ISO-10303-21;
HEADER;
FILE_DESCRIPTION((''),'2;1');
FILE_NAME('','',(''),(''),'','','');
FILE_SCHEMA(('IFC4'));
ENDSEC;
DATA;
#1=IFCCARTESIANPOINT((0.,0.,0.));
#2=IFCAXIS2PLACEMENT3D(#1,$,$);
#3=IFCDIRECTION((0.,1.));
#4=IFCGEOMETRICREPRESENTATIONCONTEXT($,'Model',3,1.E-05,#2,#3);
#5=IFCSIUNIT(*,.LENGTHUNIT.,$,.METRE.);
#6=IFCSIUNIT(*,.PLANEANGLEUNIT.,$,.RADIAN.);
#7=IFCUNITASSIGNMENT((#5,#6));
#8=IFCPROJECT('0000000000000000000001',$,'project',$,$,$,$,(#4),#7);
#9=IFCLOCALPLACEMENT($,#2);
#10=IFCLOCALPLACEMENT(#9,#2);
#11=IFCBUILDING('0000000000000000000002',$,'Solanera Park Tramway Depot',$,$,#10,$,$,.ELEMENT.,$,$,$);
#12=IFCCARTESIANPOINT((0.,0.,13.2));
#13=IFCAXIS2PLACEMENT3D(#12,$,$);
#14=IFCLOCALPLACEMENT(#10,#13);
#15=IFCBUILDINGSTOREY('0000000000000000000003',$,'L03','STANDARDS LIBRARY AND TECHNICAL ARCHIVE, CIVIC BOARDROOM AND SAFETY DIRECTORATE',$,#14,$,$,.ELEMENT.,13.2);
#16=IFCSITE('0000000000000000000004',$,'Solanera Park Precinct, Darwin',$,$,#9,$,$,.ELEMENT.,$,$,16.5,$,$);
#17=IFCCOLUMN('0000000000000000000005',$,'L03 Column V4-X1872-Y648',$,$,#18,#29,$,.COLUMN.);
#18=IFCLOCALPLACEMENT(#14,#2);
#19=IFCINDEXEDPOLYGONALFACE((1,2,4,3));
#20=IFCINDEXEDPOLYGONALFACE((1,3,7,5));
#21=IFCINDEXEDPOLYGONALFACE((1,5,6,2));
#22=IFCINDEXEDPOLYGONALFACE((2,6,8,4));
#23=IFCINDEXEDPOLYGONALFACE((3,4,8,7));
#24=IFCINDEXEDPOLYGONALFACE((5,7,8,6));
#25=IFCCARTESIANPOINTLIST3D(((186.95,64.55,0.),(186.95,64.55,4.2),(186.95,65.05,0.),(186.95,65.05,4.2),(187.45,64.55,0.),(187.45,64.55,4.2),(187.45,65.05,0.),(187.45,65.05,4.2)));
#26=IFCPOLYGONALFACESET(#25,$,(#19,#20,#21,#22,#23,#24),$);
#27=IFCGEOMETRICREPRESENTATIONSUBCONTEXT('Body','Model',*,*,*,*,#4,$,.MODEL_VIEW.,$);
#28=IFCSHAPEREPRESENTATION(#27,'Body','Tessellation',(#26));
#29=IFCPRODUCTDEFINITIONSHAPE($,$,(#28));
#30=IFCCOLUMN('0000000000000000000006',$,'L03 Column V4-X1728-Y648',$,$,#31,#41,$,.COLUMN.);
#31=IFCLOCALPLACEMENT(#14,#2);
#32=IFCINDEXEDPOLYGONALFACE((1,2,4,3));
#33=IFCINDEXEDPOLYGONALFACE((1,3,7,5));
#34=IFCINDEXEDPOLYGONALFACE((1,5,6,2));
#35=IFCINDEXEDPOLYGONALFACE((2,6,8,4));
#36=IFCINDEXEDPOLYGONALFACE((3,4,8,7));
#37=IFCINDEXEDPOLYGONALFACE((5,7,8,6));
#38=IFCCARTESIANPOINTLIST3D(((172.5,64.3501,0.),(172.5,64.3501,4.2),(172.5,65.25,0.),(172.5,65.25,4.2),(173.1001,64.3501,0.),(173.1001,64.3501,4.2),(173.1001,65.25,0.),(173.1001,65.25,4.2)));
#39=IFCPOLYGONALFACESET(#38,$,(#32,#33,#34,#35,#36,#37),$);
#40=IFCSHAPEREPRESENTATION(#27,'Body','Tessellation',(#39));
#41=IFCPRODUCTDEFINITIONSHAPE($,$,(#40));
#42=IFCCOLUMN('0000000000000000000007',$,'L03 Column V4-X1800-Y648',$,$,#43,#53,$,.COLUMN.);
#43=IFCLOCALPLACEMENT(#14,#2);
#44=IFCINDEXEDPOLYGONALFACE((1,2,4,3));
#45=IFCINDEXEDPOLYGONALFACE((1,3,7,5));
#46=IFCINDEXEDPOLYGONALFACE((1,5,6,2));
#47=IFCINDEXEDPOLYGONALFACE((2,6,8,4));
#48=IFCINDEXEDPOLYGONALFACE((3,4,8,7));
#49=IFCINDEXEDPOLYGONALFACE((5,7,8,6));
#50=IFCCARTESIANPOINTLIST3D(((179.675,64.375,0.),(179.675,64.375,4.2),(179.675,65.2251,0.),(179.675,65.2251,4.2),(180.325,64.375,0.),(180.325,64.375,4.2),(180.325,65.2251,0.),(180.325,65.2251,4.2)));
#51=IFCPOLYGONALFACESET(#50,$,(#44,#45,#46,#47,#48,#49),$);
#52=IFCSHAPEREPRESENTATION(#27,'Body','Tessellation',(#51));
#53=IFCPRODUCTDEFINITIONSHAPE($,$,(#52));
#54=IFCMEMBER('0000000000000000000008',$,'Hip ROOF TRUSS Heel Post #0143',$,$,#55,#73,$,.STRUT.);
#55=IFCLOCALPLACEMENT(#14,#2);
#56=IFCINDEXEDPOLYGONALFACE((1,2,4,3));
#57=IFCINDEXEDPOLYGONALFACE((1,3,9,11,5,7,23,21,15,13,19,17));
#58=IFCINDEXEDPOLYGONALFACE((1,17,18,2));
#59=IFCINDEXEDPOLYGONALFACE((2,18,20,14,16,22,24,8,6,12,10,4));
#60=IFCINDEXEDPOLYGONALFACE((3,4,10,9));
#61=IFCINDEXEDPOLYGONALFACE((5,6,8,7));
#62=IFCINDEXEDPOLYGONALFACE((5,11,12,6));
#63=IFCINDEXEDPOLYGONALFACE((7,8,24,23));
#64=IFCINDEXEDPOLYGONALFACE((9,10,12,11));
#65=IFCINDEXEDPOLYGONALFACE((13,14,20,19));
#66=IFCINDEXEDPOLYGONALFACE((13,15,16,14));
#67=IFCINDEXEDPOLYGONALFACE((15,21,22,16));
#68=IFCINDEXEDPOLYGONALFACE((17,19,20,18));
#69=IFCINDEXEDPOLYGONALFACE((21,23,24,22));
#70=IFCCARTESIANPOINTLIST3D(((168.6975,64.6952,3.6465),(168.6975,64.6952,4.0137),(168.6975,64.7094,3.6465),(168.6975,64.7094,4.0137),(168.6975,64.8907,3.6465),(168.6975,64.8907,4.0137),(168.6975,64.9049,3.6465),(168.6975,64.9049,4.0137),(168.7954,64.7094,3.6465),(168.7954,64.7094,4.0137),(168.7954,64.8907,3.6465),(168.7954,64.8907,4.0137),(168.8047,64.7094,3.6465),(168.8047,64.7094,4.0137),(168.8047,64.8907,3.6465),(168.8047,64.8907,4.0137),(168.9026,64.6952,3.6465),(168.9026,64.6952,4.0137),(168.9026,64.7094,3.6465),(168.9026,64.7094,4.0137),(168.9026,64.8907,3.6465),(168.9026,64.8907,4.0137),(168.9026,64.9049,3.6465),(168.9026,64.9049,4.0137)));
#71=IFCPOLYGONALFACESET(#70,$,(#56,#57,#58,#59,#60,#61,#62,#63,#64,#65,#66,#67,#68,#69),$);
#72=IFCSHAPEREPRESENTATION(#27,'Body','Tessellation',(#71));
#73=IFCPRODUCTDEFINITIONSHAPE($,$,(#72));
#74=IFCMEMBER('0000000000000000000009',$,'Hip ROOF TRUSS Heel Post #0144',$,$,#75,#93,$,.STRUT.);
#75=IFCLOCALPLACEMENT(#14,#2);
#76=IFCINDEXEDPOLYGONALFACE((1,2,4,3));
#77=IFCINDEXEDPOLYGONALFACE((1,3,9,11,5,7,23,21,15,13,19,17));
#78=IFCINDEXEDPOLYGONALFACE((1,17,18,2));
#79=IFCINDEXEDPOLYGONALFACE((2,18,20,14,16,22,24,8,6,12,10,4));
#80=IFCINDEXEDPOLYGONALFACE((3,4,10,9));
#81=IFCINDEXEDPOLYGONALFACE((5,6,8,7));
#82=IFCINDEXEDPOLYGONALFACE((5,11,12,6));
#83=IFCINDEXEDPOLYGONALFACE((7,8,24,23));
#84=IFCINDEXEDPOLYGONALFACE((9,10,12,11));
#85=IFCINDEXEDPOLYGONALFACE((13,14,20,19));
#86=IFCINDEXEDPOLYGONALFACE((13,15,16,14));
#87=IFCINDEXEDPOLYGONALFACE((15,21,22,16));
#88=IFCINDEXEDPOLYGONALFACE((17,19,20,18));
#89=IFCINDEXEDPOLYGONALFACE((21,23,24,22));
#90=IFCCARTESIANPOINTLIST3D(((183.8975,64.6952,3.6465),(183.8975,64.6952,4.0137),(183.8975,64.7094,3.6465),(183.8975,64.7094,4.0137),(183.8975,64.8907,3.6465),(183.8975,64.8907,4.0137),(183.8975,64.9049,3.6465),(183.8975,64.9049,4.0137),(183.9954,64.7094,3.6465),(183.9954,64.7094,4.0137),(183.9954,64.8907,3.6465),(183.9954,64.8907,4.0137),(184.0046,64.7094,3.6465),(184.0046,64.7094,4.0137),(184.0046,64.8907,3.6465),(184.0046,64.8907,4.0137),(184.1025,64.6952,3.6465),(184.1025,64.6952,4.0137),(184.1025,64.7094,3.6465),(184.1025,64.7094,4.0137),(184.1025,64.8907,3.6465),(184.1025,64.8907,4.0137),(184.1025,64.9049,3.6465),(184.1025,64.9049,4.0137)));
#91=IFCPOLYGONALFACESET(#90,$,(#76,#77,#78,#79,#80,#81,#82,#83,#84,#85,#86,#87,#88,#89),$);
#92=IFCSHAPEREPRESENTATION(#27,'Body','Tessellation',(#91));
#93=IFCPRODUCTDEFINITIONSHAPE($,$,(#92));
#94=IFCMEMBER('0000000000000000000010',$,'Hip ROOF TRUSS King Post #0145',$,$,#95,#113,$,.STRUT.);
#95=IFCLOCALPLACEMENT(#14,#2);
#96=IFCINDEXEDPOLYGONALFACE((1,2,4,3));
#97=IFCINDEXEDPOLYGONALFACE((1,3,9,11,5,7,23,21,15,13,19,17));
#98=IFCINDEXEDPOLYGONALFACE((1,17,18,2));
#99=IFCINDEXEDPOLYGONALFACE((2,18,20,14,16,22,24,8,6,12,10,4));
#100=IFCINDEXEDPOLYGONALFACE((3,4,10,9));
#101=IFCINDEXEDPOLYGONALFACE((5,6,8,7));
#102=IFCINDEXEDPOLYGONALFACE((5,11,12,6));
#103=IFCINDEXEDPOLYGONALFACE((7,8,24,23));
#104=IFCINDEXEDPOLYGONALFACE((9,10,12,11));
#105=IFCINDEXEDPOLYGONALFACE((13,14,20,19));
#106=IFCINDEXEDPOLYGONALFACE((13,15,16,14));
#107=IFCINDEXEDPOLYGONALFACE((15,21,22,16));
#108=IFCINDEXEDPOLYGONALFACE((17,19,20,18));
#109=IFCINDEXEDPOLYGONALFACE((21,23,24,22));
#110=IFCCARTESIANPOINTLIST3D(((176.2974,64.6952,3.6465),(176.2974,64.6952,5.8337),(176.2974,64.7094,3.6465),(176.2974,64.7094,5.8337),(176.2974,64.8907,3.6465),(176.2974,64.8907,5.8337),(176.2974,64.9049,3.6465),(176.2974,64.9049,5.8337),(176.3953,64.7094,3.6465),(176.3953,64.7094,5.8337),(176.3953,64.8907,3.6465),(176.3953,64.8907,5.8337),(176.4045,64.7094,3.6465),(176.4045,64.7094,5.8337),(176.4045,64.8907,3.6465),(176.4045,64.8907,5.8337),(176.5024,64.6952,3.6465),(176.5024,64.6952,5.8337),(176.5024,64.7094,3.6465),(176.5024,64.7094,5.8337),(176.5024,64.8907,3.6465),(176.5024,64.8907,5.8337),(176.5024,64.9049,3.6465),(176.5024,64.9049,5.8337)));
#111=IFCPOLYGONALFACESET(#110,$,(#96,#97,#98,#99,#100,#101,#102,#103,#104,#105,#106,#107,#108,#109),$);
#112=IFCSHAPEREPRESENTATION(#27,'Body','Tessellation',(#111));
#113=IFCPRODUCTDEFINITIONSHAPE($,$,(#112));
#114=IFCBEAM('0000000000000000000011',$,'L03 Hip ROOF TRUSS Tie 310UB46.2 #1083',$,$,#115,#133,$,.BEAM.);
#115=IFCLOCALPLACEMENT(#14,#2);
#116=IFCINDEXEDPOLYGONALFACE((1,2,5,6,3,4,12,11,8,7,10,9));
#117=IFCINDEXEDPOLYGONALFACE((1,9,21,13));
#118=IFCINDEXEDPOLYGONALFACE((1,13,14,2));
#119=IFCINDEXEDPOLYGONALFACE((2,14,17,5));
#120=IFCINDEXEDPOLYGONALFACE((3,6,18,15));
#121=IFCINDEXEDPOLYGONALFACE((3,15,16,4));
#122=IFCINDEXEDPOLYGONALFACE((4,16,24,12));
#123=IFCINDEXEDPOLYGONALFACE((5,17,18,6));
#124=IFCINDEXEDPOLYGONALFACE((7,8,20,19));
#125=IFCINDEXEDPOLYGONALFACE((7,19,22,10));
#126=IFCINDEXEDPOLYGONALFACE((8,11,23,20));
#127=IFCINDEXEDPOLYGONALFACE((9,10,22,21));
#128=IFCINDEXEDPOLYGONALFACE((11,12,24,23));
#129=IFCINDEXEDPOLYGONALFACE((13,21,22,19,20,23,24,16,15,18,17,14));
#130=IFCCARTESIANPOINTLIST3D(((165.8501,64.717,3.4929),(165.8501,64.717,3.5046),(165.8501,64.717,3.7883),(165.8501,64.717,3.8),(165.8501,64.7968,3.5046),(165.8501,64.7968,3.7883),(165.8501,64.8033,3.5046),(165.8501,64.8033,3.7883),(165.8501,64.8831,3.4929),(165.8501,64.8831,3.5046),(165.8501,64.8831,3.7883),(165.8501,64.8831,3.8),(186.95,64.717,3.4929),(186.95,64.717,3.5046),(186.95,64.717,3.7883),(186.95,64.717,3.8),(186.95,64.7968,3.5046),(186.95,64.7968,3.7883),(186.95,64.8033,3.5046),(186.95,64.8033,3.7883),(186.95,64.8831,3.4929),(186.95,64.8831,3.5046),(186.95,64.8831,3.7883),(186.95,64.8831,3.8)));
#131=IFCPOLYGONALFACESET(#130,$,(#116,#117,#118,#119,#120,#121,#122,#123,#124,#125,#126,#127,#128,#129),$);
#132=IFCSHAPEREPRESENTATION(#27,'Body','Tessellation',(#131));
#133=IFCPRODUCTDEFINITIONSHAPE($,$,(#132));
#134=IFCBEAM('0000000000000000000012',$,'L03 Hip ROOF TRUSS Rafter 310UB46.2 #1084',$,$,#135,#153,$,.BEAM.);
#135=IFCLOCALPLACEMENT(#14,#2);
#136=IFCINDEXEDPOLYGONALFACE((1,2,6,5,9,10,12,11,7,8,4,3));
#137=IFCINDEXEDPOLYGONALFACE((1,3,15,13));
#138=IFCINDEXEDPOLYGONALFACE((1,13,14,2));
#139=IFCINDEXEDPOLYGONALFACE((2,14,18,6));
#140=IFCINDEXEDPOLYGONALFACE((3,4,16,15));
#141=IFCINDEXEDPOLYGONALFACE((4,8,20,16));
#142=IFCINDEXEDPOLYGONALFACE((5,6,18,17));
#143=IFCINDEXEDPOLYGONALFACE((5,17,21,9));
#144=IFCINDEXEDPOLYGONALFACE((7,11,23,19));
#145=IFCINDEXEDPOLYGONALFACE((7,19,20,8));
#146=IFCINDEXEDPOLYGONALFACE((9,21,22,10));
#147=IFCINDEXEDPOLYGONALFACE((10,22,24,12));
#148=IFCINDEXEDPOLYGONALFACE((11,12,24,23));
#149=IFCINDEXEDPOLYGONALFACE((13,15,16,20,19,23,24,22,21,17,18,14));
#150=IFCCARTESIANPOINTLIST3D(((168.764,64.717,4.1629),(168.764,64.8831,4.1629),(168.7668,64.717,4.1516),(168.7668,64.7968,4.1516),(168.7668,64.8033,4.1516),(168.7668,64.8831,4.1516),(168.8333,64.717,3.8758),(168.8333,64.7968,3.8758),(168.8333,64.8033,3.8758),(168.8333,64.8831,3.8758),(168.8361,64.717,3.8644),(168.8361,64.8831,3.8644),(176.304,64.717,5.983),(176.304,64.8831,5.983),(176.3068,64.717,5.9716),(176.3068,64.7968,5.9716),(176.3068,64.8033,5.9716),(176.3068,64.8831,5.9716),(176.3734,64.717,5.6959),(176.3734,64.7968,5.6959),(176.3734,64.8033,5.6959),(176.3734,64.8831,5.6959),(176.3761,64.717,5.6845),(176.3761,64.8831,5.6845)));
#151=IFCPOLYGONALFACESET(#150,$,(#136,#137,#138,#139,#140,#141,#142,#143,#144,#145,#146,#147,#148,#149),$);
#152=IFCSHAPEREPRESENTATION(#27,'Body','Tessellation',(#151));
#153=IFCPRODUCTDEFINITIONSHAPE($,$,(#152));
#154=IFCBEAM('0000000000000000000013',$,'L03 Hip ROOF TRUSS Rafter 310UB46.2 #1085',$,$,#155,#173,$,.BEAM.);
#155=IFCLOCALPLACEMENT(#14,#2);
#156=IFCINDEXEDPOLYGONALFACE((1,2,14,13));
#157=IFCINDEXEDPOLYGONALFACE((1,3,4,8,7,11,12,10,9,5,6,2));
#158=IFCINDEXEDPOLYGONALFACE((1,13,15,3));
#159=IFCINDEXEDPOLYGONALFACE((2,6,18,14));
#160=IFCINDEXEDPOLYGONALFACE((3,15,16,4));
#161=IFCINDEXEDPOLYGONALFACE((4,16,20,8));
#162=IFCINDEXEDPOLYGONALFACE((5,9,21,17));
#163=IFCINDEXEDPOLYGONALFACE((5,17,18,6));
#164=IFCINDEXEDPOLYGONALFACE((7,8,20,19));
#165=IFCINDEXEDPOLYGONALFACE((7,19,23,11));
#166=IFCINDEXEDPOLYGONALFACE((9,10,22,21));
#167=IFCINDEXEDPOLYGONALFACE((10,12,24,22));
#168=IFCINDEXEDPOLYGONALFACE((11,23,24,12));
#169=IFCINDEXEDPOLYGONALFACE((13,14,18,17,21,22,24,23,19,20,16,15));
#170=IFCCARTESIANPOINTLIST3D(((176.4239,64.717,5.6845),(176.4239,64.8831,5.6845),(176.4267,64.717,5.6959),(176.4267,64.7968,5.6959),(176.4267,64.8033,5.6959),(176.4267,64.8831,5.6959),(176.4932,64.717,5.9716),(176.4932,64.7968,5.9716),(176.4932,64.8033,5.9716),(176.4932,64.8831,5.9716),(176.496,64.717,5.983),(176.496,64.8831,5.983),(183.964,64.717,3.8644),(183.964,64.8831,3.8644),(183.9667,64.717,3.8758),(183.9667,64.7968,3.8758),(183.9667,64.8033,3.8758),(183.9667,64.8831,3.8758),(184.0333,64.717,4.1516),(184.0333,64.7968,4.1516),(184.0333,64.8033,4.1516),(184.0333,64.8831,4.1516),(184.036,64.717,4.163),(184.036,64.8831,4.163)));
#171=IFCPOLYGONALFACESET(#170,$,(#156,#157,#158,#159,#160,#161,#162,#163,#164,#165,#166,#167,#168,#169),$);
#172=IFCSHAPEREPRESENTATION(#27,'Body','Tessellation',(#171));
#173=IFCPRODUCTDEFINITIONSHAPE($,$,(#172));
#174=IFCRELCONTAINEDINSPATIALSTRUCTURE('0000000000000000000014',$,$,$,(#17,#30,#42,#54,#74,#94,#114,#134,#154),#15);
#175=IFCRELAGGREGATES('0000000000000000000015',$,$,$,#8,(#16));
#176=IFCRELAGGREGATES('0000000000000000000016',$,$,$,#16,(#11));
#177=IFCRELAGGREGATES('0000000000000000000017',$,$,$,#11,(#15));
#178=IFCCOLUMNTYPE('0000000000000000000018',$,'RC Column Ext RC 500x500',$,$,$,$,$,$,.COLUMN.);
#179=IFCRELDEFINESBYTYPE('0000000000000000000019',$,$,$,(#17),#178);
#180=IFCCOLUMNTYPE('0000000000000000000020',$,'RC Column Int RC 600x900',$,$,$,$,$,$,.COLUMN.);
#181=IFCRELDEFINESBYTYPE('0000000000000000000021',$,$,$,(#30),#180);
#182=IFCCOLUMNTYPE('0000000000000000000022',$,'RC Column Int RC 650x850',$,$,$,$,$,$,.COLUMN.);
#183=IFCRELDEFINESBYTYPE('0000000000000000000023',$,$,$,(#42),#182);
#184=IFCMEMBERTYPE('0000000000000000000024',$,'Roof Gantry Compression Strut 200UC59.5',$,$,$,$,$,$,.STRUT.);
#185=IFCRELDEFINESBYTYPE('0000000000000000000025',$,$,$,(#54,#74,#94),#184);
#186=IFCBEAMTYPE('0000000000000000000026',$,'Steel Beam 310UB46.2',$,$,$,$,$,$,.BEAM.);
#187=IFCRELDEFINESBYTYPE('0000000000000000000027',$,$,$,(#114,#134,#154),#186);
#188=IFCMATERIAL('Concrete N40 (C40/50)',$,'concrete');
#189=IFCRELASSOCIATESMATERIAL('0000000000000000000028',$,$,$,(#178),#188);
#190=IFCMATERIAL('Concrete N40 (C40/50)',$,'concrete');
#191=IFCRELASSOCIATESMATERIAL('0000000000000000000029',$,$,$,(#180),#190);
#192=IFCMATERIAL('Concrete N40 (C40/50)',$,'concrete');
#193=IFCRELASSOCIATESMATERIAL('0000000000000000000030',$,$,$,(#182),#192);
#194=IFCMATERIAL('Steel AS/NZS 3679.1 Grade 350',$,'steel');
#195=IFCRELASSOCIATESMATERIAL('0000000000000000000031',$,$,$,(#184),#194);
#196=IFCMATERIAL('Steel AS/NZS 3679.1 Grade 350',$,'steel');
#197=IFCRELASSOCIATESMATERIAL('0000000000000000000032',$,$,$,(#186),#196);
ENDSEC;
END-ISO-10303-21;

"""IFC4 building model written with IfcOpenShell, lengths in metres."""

from ifc_helpers import new_model, si_unit, direction, frame, origin, origin_2d, place, context, subcontext, project, spatial, rectangle, i_section, extrude, material, material_profile, profile_set, type_object, element, save


model = new_model("IFC4")

# Units and contexts
model_context = context("Model", 3, precision=1e-05, world=origin(), true_north=direction((0.0, 1.0)))
body_context = subcontext(model_context, "Body", "Model", "MODEL_VIEW")
ifc_project = project(units=[si_unit("LENGTHUNIT", "METRE"), si_unit("PLANEANGLEUNIT", "RADIAN")], contexts=[model_context])

# Site, building, storey
site_placement = place(None, origin())
site = spatial("IfcSite", under=ifc_project, at=site_placement, Name="Solanera Park Precinct, Darwin", CompositionType="ELEMENT", RefElevation=16.5)
building_placement = place(site_placement, origin())
building = spatial("IfcBuilding", under=site, at=building_placement, Name="Solanera Park Tramway Depot", CompositionType="ELEMENT")
storey_placement = place(building_placement, frame((0.0, 0.0, 13.2)))
storey = spatial("IfcBuildingStorey", under=building, at=storey_placement, Name="L03", Description="STANDARDS LIBRARY AND TECHNICAL ARCHIVE, CIVIC BOARDROOM AND SAFETY DIRECTORATE", CompositionType="ELEMENT", Elevation=13.2)

# Columns
ifc_material_1 = material(Name="Concrete N40 (C40/50)", Category="concrete")
ifc_material_profile_1 = material_profile(ifc_material_1, rectangle(XDim=0.5, YDim=0.5, at=origin_2d()), Name="RC 500x500")
ifc_profile_set_1 = profile_set([ifc_material_profile_1], Name="Concrete N40 (C40/50)")
column_type_1 = type_object("IfcColumnType", Name="RC Column Ext RC 500x500", PredefinedType="COLUMN", material=ifc_profile_set_1)
column_1_placement = place(storey_placement, frame((187.2, 64.8, 0.0), z_axis=(0.0, 0.0, 1.0), x_axis=(1.0, 0.0, 0.0)))
element("IfcColumn", 1, at=column_1_placement, inside=storey, type_object=column_type_1, Name="L03 Column V4-X1872-Y648", PredefinedType="COLUMN", context=body_context, shape_type="SweptSolid", body=[
    extrude(rectangle(XDim=0.5, YDim=0.5, at=origin_2d()), origin(), (0.0, 0.0, 1.0), 4.2),
])
ifc_material_2 = material(Name="Concrete N40 (C40/50)", Category="concrete")
ifc_material_profile_2 = material_profile(ifc_material_2, rectangle(XDim=0.6001, YDim=0.8999, at=origin_2d()), Name="RC 600x900")
ifc_profile_set_2 = profile_set([ifc_material_profile_2], Name="Concrete N40 (C40/50)")
column_type_2 = type_object("IfcColumnType", Name="RC Column Int RC 600x900", PredefinedType="COLUMN", material=ifc_profile_set_2)
column_2_placement = place(storey_placement, frame((172.8, 64.8, 0.0), z_axis=(0.0, 0.0, 1.0), x_axis=(1.0, 0.0, 0.0)))
element("IfcColumn", 2, at=column_2_placement, inside=storey, type_object=column_type_2, Name="L03 Column V4-X1728-Y648", PredefinedType="COLUMN", context=body_context, shape_type="SweptSolid", body=[
    extrude(rectangle(XDim=0.6001, YDim=0.8999, at=origin_2d()), origin(), (0.0, 0.0, 1.0), 4.2),
])
ifc_material_3 = material(Name="Concrete N40 (C40/50)", Category="concrete")
ifc_material_profile_3 = material_profile(ifc_material_3, rectangle(XDim=0.6499, YDim=0.8501, at=origin_2d()), Name="RC 650x850")
ifc_profile_set_3 = profile_set([ifc_material_profile_3], Name="Concrete N40 (C40/50)")
column_type_3 = type_object("IfcColumnType", Name="RC Column Int RC 650x850", PredefinedType="COLUMN", material=ifc_profile_set_3)
column_3_placement = place(storey_placement, frame((180.0, 64.8, 0.0), z_axis=(0.0, 0.0, 1.0), x_axis=(1.0, 0.0, 0.0)))
element("IfcColumn", 3, at=column_3_placement, inside=storey, type_object=column_type_3, Name="L03 Column V4-X1800-Y648", PredefinedType="COLUMN", context=body_context, shape_type="SweptSolid", body=[
    extrude(rectangle(XDim=0.6499, YDim=0.8501, at=origin_2d()), origin(), (0.0, 0.0, 1.0), 4.2),
])

# Members
ifc_material_4 = material(Name="Steel AS/NZS 3679.1 Grade 350", Category="steel")
ifc_material_profile_4 = material_profile(ifc_material_4, i_section(OverallWidth=0.2051, OverallDepth=0.2097, WebThickness=0.0093, FlangeThickness=0.0142, at=origin_2d()), Name="200UC59.5")
ifc_profile_set_4 = profile_set([ifc_material_profile_4], Name="Steel AS/NZS 3679.1 Grade 350")
member_type_1 = type_object("IfcMemberType", Name="Roof Gantry Compression Strut 200UC59.5", PredefinedType="STRUT", material=ifc_profile_set_4)
for number, where, z_axis, x_axis, name in (
    (4, (168.8, 64.8, 3.6465), (0.0, 0.0, 1.0), (1.0, 0.0, 0.0), "Hip ROOF TRUSS Heel Post #0143"),
    (5, (184.0, 64.8, 3.6465), (0.0, 0.0, 1.0), (1.0, 0.0, 0.0), "Hip ROOF TRUSS Heel Post #0144"),
):
    element("IfcMember", number, at=place(storey_placement, frame(where, z_axis=z_axis, x_axis=x_axis)), inside=storey, type_object=member_type_1, Name=name, PredefinedType="STRUT", context=body_context, shape_type="SweptSolid", body=[
        extrude(i_section(OverallWidth=0.2051, OverallDepth=0.2097, WebThickness=0.0093, FlangeThickness=0.0142, at=origin_2d()), origin(), (0.0, 0.0, 1.0), 0.3672),
    ])
member_placement = place(storey_placement, frame((176.3999, 64.8, 3.6465), z_axis=(0.0, 0.0, 1.0), x_axis=(1.0, 0.0, 0.0)))
element("IfcMember", 6, at=member_placement, inside=storey, type_object=member_type_1, Name="Hip ROOF TRUSS King Post #0145", PredefinedType="STRUT", context=body_context, shape_type="SweptSolid", body=[
    extrude(i_section(OverallWidth=0.2051, OverallDepth=0.2097, WebThickness=0.0093, FlangeThickness=0.0142, at=origin_2d()), origin(), (0.0, 0.0, 1.0), 2.1873),
])

# Beams
ifc_material_5 = material(Name="Steel AS/NZS 3679.1 Grade 350", Category="steel")
ifc_material_profile_5 = material_profile(ifc_material_5, i_section(OverallWidth=0.166, OverallDepth=0.3071, WebThickness=0.0066, FlangeThickness=0.0117, at=origin_2d()), Name="310UB46.2")
ifc_profile_set_5 = profile_set([ifc_material_profile_5], Name="Steel AS/NZS 3679.1 Grade 350")
beam_type = type_object("IfcBeamType", Name="Steel Beam 310UB46.2", PredefinedType="BEAM", material=ifc_profile_set_5)
beam_placement = place(storey_placement, frame((165.8501, 64.8, 3.6465), z_axis=(1.0, 0.0, 0.0), x_axis=(0.0, 1.0, 0.0)))
element("IfcBeam", 7, at=beam_placement, inside=storey, type_object=beam_type, Name="L03 Hip ROOF TRUSS Tie 310UB46.2 #1083", PredefinedType="BEAM", context=body_context, shape_type="SweptSolid", body=[
    extrude(i_section(OverallWidth=0.166, OverallDepth=0.3071, WebThickness=0.0066, FlangeThickness=0.0117, at=origin_2d()), origin(), (0.0, 0.0, 1.0), 21.0999),
])
for number, where, z_axis, x_axis, name in (
    (8, (168.8, 64.8, 4.0137), (0.97208, 0.0, 0.234648), (0.0, 1.0, 0.0), "L03 Hip ROOF TRUSS Rafter 310UB46.2 #1084"),
    (9, (176.46, 64.8, 5.8337), (0.97208, 0.0, -0.234648), (0.0, 1.0, 0.0), "L03 Hip ROOF TRUSS Rafter 310UB46.2 #1085"),
):
    element("IfcBeam", number, at=place(storey_placement, frame(where, z_axis=z_axis, x_axis=x_axis)), inside=storey, type_object=beam_type, Name=name, PredefinedType="BEAM", context=body_context, shape_type="SweptSolid", body=[
        extrude(i_section(OverallWidth=0.166, OverallDepth=0.3071, WebThickness=0.0066, FlangeThickness=0.0117, at=origin_2d()), origin(), (0.0, 0.0, 1.0), 7.7566),
    ])

save(model, "model.ifc")
